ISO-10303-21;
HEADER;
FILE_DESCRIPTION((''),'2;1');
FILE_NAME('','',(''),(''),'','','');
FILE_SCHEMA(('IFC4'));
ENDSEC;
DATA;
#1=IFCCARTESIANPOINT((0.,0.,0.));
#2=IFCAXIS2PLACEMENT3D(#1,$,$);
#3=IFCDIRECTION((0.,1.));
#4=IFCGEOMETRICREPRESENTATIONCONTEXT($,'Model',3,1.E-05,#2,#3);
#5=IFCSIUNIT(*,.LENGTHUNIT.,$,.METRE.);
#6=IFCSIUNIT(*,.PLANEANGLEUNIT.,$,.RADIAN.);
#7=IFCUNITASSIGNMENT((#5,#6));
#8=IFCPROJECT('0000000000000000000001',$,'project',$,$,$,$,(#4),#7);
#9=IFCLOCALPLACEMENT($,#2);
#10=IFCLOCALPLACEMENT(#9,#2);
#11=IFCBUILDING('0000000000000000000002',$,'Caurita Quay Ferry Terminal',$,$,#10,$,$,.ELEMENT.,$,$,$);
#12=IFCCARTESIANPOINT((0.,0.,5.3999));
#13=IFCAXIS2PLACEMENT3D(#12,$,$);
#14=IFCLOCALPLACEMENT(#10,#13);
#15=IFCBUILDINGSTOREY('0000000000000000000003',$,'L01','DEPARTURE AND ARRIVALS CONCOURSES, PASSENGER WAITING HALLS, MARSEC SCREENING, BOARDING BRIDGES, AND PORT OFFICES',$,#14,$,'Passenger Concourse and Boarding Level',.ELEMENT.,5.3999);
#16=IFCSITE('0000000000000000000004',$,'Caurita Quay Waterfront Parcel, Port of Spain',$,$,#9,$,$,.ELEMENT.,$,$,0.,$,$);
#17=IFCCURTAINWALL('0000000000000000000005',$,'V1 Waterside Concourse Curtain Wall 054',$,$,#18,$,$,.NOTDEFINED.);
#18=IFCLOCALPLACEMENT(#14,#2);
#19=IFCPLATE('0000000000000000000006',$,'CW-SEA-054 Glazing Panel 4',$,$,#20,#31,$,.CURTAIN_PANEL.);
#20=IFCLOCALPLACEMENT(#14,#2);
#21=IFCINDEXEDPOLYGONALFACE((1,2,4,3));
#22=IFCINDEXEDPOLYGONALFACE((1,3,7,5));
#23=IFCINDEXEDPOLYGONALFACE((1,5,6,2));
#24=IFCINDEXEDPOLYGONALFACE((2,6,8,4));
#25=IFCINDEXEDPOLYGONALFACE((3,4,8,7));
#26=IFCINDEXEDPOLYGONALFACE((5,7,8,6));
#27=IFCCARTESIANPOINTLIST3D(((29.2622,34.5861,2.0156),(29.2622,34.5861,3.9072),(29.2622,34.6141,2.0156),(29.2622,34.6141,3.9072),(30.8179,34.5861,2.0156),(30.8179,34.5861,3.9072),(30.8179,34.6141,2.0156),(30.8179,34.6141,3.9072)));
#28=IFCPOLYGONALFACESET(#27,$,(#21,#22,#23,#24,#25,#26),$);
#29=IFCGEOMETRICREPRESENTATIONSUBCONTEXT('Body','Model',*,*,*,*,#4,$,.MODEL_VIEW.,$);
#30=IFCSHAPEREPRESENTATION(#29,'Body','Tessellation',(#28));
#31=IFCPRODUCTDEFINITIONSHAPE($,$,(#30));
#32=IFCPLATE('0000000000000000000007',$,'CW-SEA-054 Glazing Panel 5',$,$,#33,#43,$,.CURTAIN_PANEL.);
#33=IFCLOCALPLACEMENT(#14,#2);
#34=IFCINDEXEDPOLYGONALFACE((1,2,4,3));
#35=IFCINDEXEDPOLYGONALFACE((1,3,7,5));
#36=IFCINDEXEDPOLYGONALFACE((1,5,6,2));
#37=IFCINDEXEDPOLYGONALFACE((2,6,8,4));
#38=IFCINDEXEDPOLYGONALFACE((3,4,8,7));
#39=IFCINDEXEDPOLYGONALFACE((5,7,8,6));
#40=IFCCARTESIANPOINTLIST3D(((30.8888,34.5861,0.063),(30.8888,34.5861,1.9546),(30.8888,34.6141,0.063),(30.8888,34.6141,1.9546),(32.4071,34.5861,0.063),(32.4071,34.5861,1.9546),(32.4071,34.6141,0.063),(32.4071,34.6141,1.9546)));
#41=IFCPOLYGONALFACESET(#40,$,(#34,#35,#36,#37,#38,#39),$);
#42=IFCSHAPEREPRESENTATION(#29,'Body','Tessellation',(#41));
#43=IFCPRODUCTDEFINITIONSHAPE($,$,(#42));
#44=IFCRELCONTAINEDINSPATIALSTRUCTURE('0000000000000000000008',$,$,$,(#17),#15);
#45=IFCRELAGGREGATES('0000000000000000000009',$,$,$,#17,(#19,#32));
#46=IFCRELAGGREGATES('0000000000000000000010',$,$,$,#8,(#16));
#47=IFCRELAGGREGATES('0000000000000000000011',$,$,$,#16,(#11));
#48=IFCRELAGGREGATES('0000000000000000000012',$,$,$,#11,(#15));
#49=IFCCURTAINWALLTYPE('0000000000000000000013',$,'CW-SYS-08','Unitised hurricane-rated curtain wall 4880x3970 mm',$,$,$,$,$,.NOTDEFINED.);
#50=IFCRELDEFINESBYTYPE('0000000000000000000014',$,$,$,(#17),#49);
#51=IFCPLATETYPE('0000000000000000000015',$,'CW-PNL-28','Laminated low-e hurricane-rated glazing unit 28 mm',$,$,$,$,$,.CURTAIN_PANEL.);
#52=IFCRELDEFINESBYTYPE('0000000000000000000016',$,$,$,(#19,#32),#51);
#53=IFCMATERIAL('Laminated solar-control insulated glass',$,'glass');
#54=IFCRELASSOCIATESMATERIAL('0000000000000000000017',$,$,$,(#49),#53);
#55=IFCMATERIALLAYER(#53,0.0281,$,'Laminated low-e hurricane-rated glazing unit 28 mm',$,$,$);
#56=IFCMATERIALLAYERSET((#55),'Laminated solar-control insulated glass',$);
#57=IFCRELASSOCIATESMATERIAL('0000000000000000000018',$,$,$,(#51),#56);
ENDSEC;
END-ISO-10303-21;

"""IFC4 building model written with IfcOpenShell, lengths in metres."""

from ifc_helpers import new_model, si_unit, direction, frame, origin, origin_2d, place, context, subcontext, project, spatial, rectangle, extrude, material, layer, layer_set, type_object, element, aggregate, save


model = new_model("IFC4")

# Units and contexts
model_context = context("Model", 3, precision=1e-05, world=origin(), true_north=direction((0.0, 1.0)))
body_context = subcontext(model_context, "Body", "Model", "MODEL_VIEW")
ifc_project = project(units=[si_unit("LENGTHUNIT", "METRE"), si_unit("PLANEANGLEUNIT", "RADIAN")], contexts=[model_context])

# Site, building, storey
site_placement = place(None, origin())
site = spatial("IfcSite", under=ifc_project, at=site_placement, Name="Caurita Quay Waterfront Parcel, Port of Spain", CompositionType="ELEMENT", RefElevation=0.0)
building_placement = place(site_placement, origin())
building = spatial("IfcBuilding", under=site, at=building_placement, Name="Caurita Quay Ferry Terminal", CompositionType="ELEMENT")
storey_placement = place(building_placement, frame((0.0, 0.0, 5.3999)))
storey = spatial("IfcBuildingStorey", under=building, at=storey_placement, Name="L01", Description="DEPARTURE AND ARRIVALS CONCOURSES, PASSENGER WAITING HALLS, MARSEC SCREENING, BOARDING BRIDGES, AND PORT OFFICES", LongName="Passenger Concourse and Boarding Level", CompositionType="ELEMENT", Elevation=5.3999)

# Curtain wall
ifc_material_1 = material(Name="Laminated solar-control insulated glass", Category="glass")
curtain_wall_type = type_object("IfcCurtainWallType", Name="CW-SYS-08", Description="Unitised hurricane-rated curtain wall 4880x3970 mm", PredefinedType="NOTDEFINED", material=ifc_material_1)
curtain_wall_1_placement = place(storey_placement, origin())
curtain_wall_1 = element("IfcCurtainWall", 1, at=curtain_wall_1_placement, inside=storey, type_object=curtain_wall_type, Name="V1 Waterside Concourse Curtain Wall 054", PredefinedType="NOTDEFINED")

# Plates
ifc_layer = layer(ifc_material_1, 0.0281, Name="Laminated low-e hurricane-rated glazing unit 28 mm")
ifc_layer_set = layer_set([ifc_layer], Name="Laminated solar-control insulated glass")
plate_type = type_object("IfcPlateType", Name="CW-PNL-28", Description="Laminated low-e hurricane-rated glazing unit 28 mm", PredefinedType="CURTAIN_PANEL", material=ifc_layer_set)
plate_1_placement = place(storey_placement, frame((30.04, 34.6001, 2.0156), z_axis=(0.0, 0.0, 1.0), x_axis=(1.0, 0.0, 0.0)))
plate_1 = element("IfcPlate", 2, at=plate_1_placement, type_object=plate_type, Name="CW-SEA-054 Glazing Panel 4", PredefinedType="CURTAIN_PANEL", context=body_context, shape_type="SweptSolid", body=[
    extrude(rectangle(XDim=1.5557, YDim=0.0281, at=origin_2d()), origin(), (0.0, 0.0, 1.0), 1.8916),
])
plate_2_placement = place(storey_placement, frame((31.6479, 34.6001, 0.063), z_axis=(0.0, 0.0, 1.0), x_axis=(1.0, 0.0, 0.0)))
plate_2 = element("IfcPlate", 3, at=plate_2_placement, type_object=plate_type, Name="CW-SEA-054 Glazing Panel 5", PredefinedType="CURTAIN_PANEL", context=body_context, shape_type="SweptSolid", body=[
    extrude(rectangle(XDim=1.5183, YDim=0.0281, at=origin_2d()), origin(), (0.0, 0.0, 1.0), 1.8916),
])
aggregate(curtain_wall_1, [plate_1, plate_2])

save(model, "model.ifc")
